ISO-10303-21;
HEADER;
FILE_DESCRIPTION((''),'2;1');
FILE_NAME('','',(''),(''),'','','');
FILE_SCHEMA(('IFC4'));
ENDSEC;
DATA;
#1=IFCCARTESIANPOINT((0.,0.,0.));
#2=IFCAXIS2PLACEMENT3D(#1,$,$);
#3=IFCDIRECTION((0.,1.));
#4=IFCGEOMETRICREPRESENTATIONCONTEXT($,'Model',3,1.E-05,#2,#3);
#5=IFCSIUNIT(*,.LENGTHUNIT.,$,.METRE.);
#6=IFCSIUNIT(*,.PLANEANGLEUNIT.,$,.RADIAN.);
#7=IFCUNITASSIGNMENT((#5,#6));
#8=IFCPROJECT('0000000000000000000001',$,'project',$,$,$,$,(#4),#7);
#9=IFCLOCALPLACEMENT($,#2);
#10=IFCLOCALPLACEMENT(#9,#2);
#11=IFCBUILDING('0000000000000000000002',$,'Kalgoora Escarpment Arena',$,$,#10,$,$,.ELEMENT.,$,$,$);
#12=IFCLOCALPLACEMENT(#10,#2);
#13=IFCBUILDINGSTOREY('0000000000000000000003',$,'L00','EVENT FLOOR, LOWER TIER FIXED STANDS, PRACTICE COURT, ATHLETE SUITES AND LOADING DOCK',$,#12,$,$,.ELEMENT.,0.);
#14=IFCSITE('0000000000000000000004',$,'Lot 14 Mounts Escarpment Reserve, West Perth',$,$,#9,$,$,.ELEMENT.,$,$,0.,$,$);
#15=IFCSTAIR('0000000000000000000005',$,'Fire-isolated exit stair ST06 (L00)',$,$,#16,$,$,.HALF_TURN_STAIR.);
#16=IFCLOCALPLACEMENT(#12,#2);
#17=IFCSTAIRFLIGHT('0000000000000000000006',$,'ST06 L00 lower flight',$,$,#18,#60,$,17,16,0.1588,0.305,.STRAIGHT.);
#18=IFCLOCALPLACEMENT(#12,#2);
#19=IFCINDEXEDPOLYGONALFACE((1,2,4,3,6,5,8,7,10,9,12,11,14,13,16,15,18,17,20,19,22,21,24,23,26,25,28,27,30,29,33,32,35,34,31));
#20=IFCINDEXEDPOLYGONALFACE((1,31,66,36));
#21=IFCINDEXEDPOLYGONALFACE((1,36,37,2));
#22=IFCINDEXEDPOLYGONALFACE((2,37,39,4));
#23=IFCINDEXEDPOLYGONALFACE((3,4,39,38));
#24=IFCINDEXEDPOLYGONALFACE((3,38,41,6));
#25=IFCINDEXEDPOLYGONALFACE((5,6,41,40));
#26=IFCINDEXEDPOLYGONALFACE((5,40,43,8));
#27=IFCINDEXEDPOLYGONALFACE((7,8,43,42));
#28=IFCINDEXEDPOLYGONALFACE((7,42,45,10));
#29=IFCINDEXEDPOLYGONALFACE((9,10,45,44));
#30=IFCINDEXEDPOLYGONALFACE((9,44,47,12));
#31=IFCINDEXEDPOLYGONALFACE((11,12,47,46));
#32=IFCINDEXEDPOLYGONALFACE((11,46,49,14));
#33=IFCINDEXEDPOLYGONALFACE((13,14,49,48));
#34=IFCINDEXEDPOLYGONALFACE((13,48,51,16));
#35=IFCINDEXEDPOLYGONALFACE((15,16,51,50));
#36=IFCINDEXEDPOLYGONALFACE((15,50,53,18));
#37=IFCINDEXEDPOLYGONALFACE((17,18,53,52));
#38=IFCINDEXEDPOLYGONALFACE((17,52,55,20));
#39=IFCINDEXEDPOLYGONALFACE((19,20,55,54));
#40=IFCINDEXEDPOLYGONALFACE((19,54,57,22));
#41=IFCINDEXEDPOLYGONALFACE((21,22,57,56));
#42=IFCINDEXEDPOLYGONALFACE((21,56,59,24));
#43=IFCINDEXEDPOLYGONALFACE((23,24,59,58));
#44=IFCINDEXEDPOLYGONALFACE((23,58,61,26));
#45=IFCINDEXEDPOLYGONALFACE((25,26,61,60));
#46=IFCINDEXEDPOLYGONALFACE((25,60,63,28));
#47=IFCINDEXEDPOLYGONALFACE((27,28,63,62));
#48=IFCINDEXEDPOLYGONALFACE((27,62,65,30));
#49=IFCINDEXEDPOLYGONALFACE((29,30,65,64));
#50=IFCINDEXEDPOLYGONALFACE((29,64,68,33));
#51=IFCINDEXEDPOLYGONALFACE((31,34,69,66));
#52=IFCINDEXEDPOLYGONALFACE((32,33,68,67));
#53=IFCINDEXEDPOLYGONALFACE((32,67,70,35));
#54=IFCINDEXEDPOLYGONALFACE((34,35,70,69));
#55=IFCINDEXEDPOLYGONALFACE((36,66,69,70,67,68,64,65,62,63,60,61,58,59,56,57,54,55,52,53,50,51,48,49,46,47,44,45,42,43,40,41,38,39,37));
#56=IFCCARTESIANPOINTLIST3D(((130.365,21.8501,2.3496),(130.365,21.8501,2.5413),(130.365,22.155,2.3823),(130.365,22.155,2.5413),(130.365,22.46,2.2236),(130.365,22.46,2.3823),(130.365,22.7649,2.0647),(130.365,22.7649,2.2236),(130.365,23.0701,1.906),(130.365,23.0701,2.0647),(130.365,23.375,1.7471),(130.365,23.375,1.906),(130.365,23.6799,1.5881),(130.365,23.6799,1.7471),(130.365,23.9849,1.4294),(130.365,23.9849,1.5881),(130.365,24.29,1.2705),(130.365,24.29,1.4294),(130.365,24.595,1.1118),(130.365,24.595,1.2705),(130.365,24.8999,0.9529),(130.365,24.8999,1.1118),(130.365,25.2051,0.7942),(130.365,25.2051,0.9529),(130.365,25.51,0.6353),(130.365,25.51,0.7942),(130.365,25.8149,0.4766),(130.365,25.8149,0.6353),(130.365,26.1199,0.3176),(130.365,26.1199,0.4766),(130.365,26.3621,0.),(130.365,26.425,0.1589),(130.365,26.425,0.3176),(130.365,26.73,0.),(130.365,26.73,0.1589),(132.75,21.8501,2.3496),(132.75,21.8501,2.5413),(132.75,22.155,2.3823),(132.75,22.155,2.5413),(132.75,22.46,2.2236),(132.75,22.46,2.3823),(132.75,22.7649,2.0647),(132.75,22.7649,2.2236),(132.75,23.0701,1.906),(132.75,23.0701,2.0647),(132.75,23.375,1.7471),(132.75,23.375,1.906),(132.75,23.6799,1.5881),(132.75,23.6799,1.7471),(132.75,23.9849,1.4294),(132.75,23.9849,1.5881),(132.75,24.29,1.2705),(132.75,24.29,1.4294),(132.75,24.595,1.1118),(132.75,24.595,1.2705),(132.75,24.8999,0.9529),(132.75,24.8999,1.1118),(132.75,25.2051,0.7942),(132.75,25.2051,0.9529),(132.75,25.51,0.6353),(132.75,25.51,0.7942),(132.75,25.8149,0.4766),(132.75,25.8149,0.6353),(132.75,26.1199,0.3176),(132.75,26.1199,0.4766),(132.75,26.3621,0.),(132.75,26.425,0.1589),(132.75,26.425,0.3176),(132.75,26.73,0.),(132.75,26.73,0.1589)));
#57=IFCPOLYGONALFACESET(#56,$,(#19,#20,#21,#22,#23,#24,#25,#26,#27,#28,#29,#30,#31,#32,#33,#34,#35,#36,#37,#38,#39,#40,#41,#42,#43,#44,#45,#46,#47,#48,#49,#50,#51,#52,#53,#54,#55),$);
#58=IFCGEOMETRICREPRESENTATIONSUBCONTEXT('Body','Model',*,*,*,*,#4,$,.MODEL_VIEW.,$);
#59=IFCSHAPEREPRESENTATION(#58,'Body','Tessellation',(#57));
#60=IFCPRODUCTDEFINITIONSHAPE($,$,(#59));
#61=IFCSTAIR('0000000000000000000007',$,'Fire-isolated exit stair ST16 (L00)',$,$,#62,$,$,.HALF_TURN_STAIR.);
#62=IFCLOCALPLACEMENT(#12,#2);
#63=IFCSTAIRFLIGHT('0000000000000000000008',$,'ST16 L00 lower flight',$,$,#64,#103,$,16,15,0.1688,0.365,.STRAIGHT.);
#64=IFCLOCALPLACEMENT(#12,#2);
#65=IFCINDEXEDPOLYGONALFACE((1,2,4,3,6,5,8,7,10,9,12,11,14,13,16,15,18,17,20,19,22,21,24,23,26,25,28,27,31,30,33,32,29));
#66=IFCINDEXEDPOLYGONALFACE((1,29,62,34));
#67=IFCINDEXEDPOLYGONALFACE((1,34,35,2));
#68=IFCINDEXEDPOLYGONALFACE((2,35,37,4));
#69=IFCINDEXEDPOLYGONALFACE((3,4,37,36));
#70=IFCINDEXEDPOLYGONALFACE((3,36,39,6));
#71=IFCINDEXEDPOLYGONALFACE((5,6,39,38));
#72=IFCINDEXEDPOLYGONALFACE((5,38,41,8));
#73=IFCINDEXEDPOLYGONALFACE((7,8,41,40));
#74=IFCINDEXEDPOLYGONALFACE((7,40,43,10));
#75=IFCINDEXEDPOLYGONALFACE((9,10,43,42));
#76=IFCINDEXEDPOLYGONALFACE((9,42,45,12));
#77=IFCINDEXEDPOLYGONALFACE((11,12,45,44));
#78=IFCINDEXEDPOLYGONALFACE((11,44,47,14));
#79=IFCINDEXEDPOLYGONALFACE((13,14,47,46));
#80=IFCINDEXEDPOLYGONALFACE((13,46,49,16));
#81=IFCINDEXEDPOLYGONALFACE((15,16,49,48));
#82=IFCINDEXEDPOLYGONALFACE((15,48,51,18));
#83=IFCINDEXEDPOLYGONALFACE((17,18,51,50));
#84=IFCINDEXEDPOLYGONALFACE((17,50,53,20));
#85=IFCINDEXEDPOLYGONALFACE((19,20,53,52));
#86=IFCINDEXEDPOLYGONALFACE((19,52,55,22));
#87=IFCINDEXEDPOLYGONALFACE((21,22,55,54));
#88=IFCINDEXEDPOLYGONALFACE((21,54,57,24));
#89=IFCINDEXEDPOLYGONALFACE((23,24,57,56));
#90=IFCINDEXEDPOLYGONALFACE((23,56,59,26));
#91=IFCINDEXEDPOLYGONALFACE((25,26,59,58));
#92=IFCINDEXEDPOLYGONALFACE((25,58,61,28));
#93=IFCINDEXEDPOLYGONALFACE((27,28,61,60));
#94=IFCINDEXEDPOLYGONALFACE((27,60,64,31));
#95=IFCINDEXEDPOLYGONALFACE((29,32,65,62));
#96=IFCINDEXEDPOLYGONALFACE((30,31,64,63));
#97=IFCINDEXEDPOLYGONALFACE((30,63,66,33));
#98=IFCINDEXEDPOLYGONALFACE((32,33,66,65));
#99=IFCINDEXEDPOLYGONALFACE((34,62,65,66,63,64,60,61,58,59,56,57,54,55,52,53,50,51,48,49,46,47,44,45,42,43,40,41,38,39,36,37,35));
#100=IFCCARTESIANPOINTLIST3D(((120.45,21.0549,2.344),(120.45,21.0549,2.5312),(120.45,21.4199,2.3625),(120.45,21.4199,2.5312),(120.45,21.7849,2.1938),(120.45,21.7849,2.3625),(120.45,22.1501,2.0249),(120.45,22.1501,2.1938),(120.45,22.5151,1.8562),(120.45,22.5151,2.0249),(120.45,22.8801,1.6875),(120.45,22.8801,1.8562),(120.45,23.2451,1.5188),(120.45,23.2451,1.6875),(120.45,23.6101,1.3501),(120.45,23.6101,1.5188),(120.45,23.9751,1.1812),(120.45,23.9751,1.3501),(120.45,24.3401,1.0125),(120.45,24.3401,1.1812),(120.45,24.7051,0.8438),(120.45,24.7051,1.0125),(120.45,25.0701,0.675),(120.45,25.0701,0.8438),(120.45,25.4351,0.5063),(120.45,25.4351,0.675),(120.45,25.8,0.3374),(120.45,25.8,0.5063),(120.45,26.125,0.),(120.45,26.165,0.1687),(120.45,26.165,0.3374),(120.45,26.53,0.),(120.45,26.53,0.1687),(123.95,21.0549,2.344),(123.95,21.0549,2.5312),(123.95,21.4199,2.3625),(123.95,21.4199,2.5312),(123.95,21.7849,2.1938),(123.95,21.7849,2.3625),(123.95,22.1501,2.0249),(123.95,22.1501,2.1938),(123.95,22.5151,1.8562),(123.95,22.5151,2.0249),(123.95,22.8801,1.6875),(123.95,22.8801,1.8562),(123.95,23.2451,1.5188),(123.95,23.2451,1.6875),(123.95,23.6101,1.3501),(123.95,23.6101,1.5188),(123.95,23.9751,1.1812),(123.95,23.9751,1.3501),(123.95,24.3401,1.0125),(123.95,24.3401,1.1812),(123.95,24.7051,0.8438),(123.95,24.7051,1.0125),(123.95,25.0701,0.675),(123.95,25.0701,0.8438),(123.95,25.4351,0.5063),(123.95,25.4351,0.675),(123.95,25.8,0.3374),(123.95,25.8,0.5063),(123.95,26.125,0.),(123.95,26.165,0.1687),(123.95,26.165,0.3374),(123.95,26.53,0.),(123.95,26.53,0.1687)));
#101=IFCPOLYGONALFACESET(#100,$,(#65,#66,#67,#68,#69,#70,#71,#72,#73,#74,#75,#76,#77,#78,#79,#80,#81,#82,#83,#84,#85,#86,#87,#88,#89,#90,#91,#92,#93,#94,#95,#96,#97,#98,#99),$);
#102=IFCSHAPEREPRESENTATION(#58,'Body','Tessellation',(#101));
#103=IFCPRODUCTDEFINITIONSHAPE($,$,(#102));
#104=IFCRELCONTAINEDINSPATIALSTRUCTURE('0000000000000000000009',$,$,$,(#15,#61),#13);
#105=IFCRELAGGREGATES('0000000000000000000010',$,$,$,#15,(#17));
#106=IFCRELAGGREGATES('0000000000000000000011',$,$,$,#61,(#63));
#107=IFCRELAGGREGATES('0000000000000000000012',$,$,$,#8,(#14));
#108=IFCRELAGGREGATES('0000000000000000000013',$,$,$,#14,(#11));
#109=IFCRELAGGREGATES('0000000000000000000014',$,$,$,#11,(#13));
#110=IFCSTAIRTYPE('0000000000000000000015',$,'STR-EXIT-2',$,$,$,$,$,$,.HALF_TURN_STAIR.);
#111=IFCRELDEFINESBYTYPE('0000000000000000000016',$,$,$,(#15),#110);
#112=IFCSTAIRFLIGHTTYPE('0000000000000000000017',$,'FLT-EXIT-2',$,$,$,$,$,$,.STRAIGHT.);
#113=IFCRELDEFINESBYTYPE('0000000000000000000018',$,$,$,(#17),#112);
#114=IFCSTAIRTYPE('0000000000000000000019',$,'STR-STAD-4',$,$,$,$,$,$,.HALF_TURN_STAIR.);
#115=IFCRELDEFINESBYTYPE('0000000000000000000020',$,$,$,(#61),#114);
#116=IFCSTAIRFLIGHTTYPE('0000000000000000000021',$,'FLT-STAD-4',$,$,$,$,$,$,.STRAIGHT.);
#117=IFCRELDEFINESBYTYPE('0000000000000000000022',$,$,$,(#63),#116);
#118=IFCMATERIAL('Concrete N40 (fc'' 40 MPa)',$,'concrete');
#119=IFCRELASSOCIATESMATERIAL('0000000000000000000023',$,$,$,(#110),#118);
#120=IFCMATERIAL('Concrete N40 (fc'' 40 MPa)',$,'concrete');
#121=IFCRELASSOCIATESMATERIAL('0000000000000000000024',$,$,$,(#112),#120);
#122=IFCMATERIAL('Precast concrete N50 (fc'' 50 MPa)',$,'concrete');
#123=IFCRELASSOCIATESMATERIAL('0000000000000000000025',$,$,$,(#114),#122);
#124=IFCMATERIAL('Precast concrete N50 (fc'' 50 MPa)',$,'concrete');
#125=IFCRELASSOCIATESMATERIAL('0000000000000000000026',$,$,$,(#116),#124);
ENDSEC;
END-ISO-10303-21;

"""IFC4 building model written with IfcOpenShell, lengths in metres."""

from ifc_helpers import new_model, si_unit, direction, frame, origin, place, context, subcontext, project, spatial, polyline, outline, extrude, material, type_object, element, aggregate, save


model = new_model("IFC4")

# Units and contexts
model_context = context("Model", 3, precision=1e-05, world=origin(), true_north=direction((0.0, 1.0)))
body_context = subcontext(model_context, "Body", "Model", "MODEL_VIEW")
ifc_project = project(units=[si_unit("LENGTHUNIT", "METRE"), si_unit("PLANEANGLEUNIT", "RADIAN")], contexts=[model_context])

# Site, building, storey
site_placement = place(None, origin())
site = spatial("IfcSite", under=ifc_project, at=site_placement, Name="Lot 14 Mounts Escarpment Reserve, West Perth", CompositionType="ELEMENT", RefElevation=0.0)
building_placement = place(site_placement, origin())
building = spatial("IfcBuilding", under=site, at=building_placement, Name="Kalgoora Escarpment Arena", CompositionType="ELEMENT")
storey_placement = place(building_placement, origin())
storey = spatial("IfcBuildingStorey", under=building, at=storey_placement, Name="L00", Description="EVENT FLOOR, LOWER TIER FIXED STANDS, PRACTICE COURT, ATHLETE SUITES AND LOADING DOCK", CompositionType="ELEMENT", Elevation=0.0)

# Stairs, stair flights
ifc_material_1 = material(Name="Concrete N40 (fc' 40 MPa)", Category="concrete")
stair_type_1 = type_object("IfcStairType", Name="STR-EXIT-2", PredefinedType="HALF_TURN_STAIR", material=ifc_material_1)
stair_1_placement = place(storey_placement, origin())
stair_1 = element("IfcStair", 1, at=stair_1_placement, inside=storey, type_object=stair_type_1, Name="Fire-isolated exit stair ST06 (L00)", PredefinedType="HALF_TURN_STAIR")
ifc_material_2 = material(Name="Concrete N40 (fc' 40 MPa)", Category="concrete")
stair_flight_type_1 = type_object("IfcStairFlightType", Name="FLT-EXIT-2", PredefinedType="STRAIGHT", material=ifc_material_2)
stair_flight_1_placement = place(storey_placement, frame((131.5576, 26.73, 0.0), z_axis=(0.0, 0.0, 1.0), x_axis=(0.0, -1.0, 0.0)))
stair_flight_1 = element("IfcStairFlight", 2, at=stair_flight_1_placement, type_object=stair_flight_type_1, Name="ST06 L00 lower flight", NumberOfRisers=17, NumberOfTreads=16, PredefinedType="STRAIGHT", RiserHeight=0.1588, TreadLength=0.305, context=body_context, shape_type="SweptSolid", body=[
    extrude(outline(polyline([(0.0, 0.0), (0.0, 0.1589), (0.3049, 0.1589), (0.3049, 0.3176), (0.6101, 0.3176), (0.6101, 0.4766), (0.915, 0.4766), (0.915, 0.6353), (1.22, 0.6353), (1.22, 0.7942), (1.5249, 0.7942), (1.5249, 0.9529), (1.8301, 0.9529), (1.8301, 1.1118), (2.135, 1.1118), (2.135, 1.2705), (2.4399, 1.2705), (2.4399, 1.4294), (2.7451, 1.4294), (2.7451, 1.5881), (3.05, 1.5881), (3.05, 1.7471), (3.355, 1.7471), (3.355, 1.906), (3.6599, 1.906), (3.6599, 2.0647), (3.9651, 2.0647), (3.9651, 2.2236), (4.27, 2.2236), (4.27, 2.3823), (4.575, 2.3823), (4.575, 2.5413), (4.8799, 2.5413), (4.8799, 2.7), (4.8799, 2.3496), (0.3679, 0.0), (0.0, 0.0)])), frame((0.0, 1.1924, 0.0), z_axis=(0.0, -1.0, 0.0), x_axis=(1.0, 0.0, 0.0)), (0.0, 0.0, 1.0), 2.385),
])
aggregate(stair_1, [stair_flight_1])
ifc_material_3 = material(Name="Precast concrete N50 (fc' 50 MPa)", Category="concrete")
stair_type_2 = type_object("IfcStairType", Name="STR-STAD-4", PredefinedType="HALF_TURN_STAIR", material=ifc_material_3)
stair_2_placement = place(storey_placement, origin())
stair_2 = element("IfcStair", 3, at=stair_2_placement, inside=storey, type_object=stair_type_2, Name="Fire-isolated exit stair ST16 (L00)", PredefinedType="HALF_TURN_STAIR")
ifc_material_4 = material(Name="Precast concrete N50 (fc' 50 MPa)", Category="concrete")
stair_flight_type_2 = type_object("IfcStairFlightType", Name="FLT-STAD-4", PredefinedType="STRAIGHT", material=ifc_material_4)
stair_flight_2_placement = place(storey_placement, frame((122.2, 26.53, 0.0), z_axis=(0.0, 0.0, 1.0), x_axis=(0.0, -1.0, 0.0)))
stair_flight_2 = element("IfcStairFlight", 4, at=stair_flight_2_placement, type_object=stair_flight_type_2, Name="ST16 L00 lower flight", NumberOfRisers=16, NumberOfTreads=15, PredefinedType="STRAIGHT", RiserHeight=0.1688, TreadLength=0.365, context=body_context, shape_type="SweptSolid", body=[
    extrude(outline(polyline([(0.0, 0.0), (0.0, 0.1687), (0.365, 0.1687), (0.365, 0.3374), (0.73, 0.3374), (0.73, 0.5063), (1.095, 0.5063), (1.095, 0.675), (1.46, 0.675), (1.46, 0.8438), (1.825, 0.8438), (1.825, 1.0125), (2.1899, 1.0125), (2.1899, 1.1812), (2.5549, 1.1812), (2.5549, 1.3501), (2.9199, 1.3501), (2.9199, 1.5188), (3.2849, 1.5188), (3.2849, 1.6875), (3.6499, 1.6875), (3.6499, 1.8562), (4.0149, 1.8562), (4.0149, 2.0249), (4.3799, 2.0249), (4.3799, 2.1938), (4.7451, 2.1938), (4.7451, 2.3625), (5.1101, 2.3625), (5.1101, 2.5312), (5.4751, 2.5312), (5.4751, 2.7), (5.4751, 2.344), (0.405, 0.0), (0.0, 0.0)])), frame((0.0, 1.75, 0.0), z_axis=(0.0, -1.0, 0.0), x_axis=(1.0, 0.0, 0.0)), (0.0, 0.0, 1.0), 3.5),
])
aggregate(stair_2, [stair_flight_2])

save(model, "model.ifc")
